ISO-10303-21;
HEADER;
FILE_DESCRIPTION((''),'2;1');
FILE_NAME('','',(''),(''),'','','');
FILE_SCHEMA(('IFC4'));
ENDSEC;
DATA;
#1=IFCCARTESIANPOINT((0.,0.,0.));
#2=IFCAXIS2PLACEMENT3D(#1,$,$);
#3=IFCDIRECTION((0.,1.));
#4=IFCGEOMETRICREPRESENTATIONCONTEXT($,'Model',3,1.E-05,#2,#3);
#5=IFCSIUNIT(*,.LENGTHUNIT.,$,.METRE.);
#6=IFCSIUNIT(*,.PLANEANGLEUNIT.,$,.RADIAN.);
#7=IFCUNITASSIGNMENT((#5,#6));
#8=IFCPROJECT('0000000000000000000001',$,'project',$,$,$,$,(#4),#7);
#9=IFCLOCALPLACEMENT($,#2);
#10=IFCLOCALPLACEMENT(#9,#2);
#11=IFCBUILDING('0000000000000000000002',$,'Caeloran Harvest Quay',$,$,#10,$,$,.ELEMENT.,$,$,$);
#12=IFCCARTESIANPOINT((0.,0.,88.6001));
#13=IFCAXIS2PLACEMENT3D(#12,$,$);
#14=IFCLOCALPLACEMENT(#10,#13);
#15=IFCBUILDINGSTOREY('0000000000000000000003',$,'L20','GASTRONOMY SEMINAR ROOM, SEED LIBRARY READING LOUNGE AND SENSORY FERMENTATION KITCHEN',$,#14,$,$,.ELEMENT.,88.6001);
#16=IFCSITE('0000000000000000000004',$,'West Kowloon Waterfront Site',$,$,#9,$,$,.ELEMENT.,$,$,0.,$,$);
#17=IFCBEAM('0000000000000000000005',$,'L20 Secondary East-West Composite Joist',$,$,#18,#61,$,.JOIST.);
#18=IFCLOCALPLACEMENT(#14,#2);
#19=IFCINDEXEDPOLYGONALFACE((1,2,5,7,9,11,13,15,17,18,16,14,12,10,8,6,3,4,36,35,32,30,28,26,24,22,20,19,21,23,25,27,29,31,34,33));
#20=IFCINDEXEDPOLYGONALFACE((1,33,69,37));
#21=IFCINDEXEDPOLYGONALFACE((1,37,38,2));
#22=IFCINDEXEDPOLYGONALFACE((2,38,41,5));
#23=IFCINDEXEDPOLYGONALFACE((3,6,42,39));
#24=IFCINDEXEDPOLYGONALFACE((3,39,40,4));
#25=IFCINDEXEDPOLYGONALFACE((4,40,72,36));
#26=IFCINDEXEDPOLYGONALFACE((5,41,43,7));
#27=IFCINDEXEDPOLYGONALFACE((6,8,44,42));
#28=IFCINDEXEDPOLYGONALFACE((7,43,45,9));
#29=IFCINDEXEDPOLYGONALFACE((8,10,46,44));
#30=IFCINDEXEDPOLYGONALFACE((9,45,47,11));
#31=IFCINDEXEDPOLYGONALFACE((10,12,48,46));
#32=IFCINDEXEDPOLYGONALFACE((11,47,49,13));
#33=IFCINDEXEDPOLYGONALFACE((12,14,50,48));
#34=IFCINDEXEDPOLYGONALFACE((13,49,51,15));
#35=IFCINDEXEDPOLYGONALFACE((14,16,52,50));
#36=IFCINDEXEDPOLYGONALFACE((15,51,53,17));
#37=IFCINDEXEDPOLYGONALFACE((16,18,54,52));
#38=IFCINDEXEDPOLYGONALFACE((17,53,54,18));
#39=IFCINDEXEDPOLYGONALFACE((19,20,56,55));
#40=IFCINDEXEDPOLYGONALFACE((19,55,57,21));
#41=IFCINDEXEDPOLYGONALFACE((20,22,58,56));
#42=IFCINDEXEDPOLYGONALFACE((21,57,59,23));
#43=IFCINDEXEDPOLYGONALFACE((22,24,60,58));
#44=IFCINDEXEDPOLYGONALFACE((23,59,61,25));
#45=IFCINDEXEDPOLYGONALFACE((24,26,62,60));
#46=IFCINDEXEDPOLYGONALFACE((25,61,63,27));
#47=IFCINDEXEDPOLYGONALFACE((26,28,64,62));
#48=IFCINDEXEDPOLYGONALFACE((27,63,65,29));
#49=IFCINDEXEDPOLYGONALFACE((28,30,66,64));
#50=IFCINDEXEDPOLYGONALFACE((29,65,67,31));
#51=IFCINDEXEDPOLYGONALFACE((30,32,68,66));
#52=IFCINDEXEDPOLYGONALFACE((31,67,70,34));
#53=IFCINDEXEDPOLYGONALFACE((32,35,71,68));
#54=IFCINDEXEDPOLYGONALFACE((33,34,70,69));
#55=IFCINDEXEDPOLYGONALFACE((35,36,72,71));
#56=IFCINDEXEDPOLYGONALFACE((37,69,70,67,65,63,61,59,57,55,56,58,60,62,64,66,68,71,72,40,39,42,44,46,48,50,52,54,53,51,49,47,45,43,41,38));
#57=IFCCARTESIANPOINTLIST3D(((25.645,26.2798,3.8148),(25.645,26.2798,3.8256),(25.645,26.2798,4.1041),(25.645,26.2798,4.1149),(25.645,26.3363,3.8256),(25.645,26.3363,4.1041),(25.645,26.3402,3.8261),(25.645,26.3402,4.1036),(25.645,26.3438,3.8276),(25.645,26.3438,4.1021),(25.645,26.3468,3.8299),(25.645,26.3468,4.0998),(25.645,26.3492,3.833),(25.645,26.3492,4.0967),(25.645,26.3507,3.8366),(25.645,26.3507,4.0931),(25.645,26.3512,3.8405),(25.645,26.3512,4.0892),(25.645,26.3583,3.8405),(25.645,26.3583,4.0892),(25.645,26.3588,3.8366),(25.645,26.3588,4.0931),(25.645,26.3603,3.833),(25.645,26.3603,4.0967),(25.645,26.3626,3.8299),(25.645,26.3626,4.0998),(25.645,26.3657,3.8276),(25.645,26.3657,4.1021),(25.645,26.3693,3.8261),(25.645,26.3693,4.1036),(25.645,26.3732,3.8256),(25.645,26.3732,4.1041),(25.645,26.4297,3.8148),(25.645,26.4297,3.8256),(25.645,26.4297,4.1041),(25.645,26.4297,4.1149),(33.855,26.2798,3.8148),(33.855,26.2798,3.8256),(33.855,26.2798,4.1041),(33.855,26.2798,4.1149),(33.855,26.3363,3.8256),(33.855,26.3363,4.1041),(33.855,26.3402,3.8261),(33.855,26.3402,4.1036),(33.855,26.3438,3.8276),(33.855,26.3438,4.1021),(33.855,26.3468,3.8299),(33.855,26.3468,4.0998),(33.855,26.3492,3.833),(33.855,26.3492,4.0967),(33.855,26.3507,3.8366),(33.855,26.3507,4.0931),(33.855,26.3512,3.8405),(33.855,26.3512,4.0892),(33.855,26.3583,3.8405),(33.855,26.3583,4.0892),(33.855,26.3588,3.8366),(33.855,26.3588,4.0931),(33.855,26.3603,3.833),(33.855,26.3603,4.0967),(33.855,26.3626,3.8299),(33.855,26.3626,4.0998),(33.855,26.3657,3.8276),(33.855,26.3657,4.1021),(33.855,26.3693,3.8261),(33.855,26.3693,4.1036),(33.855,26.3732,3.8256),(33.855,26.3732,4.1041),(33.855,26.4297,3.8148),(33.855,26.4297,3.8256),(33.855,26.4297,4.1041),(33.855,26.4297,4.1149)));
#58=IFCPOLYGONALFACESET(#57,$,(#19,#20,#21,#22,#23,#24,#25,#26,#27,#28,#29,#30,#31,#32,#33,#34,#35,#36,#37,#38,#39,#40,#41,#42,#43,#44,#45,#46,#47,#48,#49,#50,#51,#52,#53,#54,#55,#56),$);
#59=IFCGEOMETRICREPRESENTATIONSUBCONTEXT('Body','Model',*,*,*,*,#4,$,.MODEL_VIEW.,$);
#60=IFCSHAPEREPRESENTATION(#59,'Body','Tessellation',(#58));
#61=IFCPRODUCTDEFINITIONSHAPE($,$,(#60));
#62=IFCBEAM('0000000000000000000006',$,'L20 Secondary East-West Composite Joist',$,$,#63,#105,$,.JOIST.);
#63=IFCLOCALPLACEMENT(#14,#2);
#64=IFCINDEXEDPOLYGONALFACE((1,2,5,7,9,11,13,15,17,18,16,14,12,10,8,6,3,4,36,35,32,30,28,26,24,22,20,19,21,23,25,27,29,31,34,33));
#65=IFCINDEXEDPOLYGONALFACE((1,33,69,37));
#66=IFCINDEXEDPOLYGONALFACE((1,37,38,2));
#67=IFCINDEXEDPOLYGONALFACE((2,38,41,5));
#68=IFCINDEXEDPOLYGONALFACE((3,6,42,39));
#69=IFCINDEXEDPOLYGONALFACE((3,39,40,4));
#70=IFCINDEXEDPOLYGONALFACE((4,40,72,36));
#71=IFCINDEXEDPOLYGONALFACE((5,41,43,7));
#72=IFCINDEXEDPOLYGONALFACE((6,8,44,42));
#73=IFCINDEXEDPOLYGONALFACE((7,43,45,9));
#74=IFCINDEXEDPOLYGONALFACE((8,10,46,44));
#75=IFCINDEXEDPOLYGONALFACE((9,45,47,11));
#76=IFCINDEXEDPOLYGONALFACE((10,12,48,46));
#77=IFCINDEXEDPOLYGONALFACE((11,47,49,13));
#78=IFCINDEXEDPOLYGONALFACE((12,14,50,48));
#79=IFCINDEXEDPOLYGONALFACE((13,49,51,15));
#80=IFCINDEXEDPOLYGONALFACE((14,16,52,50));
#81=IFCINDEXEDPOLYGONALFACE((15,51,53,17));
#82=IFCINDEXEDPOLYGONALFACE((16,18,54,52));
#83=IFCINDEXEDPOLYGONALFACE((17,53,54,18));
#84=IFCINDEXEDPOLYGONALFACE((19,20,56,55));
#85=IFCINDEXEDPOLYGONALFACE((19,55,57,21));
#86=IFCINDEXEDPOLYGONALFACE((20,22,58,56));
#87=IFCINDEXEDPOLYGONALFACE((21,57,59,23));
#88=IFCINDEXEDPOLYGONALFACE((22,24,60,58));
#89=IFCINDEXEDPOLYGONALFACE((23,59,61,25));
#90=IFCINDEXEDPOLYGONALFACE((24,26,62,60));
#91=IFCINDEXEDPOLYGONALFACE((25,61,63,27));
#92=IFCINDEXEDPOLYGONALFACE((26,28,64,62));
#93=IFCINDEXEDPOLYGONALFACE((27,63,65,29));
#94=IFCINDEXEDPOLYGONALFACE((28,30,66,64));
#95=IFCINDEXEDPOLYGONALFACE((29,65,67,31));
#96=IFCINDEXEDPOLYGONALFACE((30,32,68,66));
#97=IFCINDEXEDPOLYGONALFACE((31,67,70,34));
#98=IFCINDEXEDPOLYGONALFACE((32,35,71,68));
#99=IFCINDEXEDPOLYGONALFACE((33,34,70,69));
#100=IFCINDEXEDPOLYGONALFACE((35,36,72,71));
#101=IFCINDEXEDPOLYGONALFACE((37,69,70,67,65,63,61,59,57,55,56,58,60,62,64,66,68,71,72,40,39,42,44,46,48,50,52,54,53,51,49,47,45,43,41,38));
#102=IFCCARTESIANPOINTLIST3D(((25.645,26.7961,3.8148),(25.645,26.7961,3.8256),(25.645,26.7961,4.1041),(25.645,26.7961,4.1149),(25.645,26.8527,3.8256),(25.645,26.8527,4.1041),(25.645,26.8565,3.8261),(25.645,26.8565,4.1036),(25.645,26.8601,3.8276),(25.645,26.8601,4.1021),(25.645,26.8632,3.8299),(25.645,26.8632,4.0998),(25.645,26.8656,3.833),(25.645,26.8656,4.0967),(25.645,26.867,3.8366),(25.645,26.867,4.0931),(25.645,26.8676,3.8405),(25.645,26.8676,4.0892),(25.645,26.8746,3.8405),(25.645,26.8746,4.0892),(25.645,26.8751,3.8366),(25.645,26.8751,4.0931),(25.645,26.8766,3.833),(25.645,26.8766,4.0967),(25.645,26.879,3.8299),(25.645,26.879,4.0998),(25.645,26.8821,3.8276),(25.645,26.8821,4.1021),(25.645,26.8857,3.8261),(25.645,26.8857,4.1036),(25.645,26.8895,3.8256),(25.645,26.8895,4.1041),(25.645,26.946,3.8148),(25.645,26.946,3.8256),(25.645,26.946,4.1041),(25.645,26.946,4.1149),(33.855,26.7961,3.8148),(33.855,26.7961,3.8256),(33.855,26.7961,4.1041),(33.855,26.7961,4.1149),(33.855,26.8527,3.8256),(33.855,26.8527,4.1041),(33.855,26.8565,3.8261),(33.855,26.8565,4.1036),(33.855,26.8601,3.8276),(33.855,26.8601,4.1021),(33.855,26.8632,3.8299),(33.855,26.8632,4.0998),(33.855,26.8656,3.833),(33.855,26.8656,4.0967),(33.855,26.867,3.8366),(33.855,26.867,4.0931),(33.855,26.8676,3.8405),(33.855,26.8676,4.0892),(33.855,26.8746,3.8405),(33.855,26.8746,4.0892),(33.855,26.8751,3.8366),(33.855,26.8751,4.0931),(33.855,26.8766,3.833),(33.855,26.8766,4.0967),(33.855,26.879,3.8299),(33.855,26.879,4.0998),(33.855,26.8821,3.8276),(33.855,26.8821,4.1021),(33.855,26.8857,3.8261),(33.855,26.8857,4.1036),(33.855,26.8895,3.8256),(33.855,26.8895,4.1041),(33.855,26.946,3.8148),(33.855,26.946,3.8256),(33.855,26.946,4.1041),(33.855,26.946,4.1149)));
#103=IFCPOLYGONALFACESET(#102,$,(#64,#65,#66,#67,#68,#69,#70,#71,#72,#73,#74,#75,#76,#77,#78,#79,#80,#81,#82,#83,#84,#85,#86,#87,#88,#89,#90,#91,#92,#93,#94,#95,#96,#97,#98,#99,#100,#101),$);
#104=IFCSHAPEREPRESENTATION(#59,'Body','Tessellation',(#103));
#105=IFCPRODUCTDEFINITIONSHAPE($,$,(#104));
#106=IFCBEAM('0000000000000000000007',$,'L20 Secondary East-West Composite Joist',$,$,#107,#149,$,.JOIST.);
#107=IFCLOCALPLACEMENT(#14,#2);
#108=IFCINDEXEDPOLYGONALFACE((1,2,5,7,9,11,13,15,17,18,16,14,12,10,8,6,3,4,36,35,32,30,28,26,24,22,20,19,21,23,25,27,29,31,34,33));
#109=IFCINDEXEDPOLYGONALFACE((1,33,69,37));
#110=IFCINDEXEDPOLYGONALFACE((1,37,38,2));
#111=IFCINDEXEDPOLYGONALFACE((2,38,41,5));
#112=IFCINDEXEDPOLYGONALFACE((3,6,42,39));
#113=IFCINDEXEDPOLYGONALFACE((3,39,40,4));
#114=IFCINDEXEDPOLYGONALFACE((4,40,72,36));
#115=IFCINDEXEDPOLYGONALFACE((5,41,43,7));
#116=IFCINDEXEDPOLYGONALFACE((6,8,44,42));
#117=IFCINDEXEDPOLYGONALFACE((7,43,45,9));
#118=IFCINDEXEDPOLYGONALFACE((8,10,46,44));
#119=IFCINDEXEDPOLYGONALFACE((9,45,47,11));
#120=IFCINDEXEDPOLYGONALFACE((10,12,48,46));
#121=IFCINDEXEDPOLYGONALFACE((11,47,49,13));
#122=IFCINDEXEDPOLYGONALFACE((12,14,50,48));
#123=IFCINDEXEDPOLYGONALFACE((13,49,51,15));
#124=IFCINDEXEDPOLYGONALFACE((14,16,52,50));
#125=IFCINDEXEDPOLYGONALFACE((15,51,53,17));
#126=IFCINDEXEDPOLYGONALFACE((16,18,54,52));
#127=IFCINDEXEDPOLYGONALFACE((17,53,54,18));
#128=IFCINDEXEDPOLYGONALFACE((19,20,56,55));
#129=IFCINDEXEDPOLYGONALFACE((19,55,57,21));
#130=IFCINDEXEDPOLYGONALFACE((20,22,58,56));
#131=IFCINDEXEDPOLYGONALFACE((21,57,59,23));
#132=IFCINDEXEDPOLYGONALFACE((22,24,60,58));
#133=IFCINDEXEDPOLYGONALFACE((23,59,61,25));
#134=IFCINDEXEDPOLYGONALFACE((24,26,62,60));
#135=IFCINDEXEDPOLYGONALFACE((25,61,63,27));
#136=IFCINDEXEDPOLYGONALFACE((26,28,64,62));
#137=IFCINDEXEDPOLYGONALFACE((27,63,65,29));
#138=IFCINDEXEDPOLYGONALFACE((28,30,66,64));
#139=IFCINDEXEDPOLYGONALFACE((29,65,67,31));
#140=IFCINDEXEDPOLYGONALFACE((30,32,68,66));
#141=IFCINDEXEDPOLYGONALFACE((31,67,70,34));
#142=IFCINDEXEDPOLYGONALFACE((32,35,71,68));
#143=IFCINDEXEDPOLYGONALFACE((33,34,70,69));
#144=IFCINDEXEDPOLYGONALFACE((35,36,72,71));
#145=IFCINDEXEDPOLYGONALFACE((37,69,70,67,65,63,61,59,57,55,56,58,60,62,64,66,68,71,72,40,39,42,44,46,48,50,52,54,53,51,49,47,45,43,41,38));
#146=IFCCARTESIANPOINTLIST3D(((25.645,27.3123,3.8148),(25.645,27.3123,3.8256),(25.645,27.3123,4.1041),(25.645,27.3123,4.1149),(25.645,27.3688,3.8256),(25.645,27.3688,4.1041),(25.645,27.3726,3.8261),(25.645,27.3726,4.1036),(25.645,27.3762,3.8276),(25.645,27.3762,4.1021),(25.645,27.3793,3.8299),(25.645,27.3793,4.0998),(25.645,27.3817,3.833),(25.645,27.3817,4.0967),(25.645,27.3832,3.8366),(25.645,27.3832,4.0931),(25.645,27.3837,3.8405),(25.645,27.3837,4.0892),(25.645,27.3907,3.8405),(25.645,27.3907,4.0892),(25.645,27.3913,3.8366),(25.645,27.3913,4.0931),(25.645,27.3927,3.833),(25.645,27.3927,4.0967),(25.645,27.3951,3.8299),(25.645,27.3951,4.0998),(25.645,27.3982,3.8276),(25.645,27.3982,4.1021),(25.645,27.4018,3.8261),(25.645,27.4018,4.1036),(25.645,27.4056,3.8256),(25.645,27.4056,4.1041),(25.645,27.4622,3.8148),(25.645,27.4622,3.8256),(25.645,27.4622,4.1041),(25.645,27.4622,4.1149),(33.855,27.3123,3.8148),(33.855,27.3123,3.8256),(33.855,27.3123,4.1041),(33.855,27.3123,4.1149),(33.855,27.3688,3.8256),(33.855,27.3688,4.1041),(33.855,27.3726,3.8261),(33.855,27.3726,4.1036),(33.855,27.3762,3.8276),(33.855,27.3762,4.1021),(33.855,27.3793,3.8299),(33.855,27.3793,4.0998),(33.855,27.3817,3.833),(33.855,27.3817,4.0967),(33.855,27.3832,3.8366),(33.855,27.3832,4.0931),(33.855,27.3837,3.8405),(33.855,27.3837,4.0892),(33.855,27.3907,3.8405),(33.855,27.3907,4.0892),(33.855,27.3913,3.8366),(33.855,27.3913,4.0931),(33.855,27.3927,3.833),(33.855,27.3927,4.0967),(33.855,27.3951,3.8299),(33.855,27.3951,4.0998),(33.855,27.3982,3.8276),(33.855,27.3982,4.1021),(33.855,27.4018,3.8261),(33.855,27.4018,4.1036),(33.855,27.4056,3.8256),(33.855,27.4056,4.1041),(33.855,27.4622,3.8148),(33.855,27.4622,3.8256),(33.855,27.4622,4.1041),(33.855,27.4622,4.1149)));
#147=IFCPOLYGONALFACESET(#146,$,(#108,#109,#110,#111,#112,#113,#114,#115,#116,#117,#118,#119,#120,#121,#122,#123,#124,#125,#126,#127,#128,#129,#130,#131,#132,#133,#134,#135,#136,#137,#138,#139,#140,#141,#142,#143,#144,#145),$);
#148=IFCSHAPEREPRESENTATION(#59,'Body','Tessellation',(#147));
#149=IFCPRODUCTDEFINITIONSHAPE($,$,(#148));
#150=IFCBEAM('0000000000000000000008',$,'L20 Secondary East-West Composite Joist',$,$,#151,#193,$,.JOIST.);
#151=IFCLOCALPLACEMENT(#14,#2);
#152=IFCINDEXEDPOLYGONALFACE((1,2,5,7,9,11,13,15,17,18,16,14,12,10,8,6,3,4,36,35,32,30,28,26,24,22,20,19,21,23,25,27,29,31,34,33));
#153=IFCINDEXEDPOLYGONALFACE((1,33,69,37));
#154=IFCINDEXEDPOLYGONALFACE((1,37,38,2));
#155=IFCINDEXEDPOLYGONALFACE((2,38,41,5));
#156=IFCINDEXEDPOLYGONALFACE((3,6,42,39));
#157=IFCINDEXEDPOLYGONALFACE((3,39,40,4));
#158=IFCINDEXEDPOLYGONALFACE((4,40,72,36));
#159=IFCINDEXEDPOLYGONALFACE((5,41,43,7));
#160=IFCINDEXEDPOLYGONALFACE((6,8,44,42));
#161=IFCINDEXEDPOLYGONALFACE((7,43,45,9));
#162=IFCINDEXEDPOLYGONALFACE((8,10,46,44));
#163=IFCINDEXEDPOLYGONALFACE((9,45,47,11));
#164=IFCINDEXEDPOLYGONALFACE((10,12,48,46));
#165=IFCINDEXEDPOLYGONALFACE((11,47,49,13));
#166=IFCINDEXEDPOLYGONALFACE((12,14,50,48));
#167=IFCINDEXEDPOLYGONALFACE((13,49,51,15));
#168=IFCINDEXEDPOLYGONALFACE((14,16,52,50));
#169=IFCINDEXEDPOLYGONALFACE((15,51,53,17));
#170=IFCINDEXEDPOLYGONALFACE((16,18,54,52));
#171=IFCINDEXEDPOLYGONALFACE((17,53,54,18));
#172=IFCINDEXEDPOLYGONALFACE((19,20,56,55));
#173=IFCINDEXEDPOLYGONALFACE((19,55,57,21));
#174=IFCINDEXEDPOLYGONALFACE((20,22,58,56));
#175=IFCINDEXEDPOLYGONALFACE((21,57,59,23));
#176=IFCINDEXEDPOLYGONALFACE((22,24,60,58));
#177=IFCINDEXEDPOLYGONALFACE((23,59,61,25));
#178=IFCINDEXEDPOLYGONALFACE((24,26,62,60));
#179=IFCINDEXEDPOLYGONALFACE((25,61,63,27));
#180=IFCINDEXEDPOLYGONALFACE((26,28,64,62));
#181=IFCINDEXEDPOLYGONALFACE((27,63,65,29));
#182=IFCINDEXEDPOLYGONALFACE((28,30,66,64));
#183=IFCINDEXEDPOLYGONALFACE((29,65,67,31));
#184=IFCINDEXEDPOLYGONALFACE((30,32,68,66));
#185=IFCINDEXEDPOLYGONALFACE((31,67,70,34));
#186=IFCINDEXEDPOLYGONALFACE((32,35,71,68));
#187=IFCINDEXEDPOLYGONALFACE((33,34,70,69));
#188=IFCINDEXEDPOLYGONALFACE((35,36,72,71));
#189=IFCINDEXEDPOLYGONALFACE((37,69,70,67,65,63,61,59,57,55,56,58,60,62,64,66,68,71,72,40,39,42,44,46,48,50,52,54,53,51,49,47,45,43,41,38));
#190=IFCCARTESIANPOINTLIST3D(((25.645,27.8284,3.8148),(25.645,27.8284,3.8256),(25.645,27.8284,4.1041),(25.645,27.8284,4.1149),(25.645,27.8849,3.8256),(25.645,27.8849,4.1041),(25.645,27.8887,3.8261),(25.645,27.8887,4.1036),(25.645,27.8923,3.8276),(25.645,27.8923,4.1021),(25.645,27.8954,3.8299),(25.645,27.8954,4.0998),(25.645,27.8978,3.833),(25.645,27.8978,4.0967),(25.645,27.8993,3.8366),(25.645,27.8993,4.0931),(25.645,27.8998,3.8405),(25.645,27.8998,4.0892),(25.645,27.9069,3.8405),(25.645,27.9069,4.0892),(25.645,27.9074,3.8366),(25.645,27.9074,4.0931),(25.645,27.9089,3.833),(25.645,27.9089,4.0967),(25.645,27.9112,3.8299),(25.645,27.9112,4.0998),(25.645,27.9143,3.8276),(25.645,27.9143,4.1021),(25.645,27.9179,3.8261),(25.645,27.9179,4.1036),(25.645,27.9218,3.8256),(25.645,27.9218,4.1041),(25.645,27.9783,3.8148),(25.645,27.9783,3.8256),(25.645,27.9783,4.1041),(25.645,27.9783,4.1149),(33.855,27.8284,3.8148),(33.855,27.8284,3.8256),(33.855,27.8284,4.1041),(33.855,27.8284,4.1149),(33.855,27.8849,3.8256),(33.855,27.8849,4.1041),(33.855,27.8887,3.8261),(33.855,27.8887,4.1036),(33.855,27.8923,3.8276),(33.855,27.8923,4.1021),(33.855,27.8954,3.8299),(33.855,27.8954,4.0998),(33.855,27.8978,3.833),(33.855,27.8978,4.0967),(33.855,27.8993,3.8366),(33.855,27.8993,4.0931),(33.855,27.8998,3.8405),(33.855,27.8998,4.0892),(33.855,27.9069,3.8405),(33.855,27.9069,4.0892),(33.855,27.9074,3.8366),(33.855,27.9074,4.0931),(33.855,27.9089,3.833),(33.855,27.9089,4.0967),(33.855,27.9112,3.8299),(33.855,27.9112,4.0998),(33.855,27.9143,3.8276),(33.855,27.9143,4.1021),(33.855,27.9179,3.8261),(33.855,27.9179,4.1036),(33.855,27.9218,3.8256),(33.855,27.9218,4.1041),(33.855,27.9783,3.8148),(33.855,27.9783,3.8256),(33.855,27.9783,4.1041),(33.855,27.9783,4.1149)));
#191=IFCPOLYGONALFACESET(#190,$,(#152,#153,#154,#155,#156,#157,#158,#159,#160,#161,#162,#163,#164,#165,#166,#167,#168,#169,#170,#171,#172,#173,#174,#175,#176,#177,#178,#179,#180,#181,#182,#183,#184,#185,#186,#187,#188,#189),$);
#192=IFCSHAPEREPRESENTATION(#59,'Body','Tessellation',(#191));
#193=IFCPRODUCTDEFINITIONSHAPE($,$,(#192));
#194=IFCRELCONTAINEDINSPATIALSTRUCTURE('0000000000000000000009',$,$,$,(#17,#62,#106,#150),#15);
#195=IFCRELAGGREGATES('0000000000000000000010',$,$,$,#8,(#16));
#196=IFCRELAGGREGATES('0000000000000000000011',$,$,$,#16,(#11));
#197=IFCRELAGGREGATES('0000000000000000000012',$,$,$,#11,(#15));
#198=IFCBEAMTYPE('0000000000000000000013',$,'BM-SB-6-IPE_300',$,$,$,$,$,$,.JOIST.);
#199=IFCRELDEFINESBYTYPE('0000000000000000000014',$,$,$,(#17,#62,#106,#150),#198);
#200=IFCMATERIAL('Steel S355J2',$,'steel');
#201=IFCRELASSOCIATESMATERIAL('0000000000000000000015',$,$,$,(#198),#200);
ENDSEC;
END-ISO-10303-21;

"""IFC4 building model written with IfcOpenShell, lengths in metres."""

from ifc_helpers import new_model, si_unit, direction, frame, origin, origin_2d, place, context, subcontext, project, spatial, i_section, extrude, material, material_profile, profile_set, type_object, element, save


model = new_model("IFC4")

# Units and contexts
model_context = context("Model", 3, precision=1e-05, world=origin(), true_north=direction((0.0, 1.0)))
body_context = subcontext(model_context, "Body", "Model", "MODEL_VIEW")
ifc_project = project(units=[si_unit("LENGTHUNIT", "METRE"), si_unit("PLANEANGLEUNIT", "RADIAN")], contexts=[model_context])

# Site, building, storey
site_placement = place(None, origin())
site = spatial("IfcSite", under=ifc_project, at=site_placement, Name="West Kowloon Waterfront Site", CompositionType="ELEMENT", RefElevation=0.0)
building_placement = place(site_placement, origin())
building = spatial("IfcBuilding", under=site, at=building_placement, Name="Caeloran Harvest Quay", CompositionType="ELEMENT")
storey_placement = place(building_placement, frame((0.0, 0.0, 88.6001)))
storey = spatial("IfcBuildingStorey", under=building, at=storey_placement, Name="L20", Description="GASTRONOMY SEMINAR ROOM, SEED LIBRARY READING LOUNGE AND SENSORY FERMENTATION KITCHEN", CompositionType="ELEMENT", Elevation=88.6001)

# Beams
ifc_material_1 = material(Name="Steel S355J2", Category="steel")
ifc_material_profile_1 = material_profile(ifc_material_1, i_section(OverallWidth=0.1499, OverallDepth=0.3, WebThickness=0.0071, FlangeThickness=0.0107, FilletRadius=0.0149, at=origin_2d()), Name="IPE 300")
ifc_profile_set_1 = profile_set([ifc_material_profile_1], Name="Steel S355J2")
beam_type_1 = type_object("IfcBeamType", Name="BM-SB-6-IPE_300", PredefinedType="JOIST", material=ifc_profile_set_1)
for number, where, z_axis, x_axis, name in (
    (1, (25.645, 26.3547, 3.9648), (1.0, 0.0, 0.0), (0.0, 1.0, 0.0), "L20 Secondary East-West Composite Joist"),
    (2, (25.645, 26.8711, 3.9648), (1.0, 0.0, 0.0), (0.0, 1.0, 0.0), "L20 Secondary East-West Composite Joist"),
    (3, (25.645, 27.3872, 3.9648), (1.0, 0.0, 0.0), (0.0, 1.0, 0.0), "L20 Secondary East-West Composite Joist"),
    (4, (25.645, 27.9033, 3.9648), (1.0, 0.0, 0.0), (0.0, 1.0, 0.0), "L20 Secondary East-West Composite Joist"),
):
    element("IfcBeam", number, at=place(storey_placement, frame(where, z_axis=z_axis, x_axis=x_axis)), inside=storey, type_object=beam_type_1, Name=name, PredefinedType="JOIST", context=body_context, shape_type="SweptSolid", body=[
        extrude(i_section(OverallWidth=0.1499, OverallDepth=0.3, WebThickness=0.0071, FlangeThickness=0.0107, FilletRadius=0.0149, at=origin_2d()), origin(), (0.0, 0.0, 1.0), 8.21),
    ])

save(model, "model.ifc")
